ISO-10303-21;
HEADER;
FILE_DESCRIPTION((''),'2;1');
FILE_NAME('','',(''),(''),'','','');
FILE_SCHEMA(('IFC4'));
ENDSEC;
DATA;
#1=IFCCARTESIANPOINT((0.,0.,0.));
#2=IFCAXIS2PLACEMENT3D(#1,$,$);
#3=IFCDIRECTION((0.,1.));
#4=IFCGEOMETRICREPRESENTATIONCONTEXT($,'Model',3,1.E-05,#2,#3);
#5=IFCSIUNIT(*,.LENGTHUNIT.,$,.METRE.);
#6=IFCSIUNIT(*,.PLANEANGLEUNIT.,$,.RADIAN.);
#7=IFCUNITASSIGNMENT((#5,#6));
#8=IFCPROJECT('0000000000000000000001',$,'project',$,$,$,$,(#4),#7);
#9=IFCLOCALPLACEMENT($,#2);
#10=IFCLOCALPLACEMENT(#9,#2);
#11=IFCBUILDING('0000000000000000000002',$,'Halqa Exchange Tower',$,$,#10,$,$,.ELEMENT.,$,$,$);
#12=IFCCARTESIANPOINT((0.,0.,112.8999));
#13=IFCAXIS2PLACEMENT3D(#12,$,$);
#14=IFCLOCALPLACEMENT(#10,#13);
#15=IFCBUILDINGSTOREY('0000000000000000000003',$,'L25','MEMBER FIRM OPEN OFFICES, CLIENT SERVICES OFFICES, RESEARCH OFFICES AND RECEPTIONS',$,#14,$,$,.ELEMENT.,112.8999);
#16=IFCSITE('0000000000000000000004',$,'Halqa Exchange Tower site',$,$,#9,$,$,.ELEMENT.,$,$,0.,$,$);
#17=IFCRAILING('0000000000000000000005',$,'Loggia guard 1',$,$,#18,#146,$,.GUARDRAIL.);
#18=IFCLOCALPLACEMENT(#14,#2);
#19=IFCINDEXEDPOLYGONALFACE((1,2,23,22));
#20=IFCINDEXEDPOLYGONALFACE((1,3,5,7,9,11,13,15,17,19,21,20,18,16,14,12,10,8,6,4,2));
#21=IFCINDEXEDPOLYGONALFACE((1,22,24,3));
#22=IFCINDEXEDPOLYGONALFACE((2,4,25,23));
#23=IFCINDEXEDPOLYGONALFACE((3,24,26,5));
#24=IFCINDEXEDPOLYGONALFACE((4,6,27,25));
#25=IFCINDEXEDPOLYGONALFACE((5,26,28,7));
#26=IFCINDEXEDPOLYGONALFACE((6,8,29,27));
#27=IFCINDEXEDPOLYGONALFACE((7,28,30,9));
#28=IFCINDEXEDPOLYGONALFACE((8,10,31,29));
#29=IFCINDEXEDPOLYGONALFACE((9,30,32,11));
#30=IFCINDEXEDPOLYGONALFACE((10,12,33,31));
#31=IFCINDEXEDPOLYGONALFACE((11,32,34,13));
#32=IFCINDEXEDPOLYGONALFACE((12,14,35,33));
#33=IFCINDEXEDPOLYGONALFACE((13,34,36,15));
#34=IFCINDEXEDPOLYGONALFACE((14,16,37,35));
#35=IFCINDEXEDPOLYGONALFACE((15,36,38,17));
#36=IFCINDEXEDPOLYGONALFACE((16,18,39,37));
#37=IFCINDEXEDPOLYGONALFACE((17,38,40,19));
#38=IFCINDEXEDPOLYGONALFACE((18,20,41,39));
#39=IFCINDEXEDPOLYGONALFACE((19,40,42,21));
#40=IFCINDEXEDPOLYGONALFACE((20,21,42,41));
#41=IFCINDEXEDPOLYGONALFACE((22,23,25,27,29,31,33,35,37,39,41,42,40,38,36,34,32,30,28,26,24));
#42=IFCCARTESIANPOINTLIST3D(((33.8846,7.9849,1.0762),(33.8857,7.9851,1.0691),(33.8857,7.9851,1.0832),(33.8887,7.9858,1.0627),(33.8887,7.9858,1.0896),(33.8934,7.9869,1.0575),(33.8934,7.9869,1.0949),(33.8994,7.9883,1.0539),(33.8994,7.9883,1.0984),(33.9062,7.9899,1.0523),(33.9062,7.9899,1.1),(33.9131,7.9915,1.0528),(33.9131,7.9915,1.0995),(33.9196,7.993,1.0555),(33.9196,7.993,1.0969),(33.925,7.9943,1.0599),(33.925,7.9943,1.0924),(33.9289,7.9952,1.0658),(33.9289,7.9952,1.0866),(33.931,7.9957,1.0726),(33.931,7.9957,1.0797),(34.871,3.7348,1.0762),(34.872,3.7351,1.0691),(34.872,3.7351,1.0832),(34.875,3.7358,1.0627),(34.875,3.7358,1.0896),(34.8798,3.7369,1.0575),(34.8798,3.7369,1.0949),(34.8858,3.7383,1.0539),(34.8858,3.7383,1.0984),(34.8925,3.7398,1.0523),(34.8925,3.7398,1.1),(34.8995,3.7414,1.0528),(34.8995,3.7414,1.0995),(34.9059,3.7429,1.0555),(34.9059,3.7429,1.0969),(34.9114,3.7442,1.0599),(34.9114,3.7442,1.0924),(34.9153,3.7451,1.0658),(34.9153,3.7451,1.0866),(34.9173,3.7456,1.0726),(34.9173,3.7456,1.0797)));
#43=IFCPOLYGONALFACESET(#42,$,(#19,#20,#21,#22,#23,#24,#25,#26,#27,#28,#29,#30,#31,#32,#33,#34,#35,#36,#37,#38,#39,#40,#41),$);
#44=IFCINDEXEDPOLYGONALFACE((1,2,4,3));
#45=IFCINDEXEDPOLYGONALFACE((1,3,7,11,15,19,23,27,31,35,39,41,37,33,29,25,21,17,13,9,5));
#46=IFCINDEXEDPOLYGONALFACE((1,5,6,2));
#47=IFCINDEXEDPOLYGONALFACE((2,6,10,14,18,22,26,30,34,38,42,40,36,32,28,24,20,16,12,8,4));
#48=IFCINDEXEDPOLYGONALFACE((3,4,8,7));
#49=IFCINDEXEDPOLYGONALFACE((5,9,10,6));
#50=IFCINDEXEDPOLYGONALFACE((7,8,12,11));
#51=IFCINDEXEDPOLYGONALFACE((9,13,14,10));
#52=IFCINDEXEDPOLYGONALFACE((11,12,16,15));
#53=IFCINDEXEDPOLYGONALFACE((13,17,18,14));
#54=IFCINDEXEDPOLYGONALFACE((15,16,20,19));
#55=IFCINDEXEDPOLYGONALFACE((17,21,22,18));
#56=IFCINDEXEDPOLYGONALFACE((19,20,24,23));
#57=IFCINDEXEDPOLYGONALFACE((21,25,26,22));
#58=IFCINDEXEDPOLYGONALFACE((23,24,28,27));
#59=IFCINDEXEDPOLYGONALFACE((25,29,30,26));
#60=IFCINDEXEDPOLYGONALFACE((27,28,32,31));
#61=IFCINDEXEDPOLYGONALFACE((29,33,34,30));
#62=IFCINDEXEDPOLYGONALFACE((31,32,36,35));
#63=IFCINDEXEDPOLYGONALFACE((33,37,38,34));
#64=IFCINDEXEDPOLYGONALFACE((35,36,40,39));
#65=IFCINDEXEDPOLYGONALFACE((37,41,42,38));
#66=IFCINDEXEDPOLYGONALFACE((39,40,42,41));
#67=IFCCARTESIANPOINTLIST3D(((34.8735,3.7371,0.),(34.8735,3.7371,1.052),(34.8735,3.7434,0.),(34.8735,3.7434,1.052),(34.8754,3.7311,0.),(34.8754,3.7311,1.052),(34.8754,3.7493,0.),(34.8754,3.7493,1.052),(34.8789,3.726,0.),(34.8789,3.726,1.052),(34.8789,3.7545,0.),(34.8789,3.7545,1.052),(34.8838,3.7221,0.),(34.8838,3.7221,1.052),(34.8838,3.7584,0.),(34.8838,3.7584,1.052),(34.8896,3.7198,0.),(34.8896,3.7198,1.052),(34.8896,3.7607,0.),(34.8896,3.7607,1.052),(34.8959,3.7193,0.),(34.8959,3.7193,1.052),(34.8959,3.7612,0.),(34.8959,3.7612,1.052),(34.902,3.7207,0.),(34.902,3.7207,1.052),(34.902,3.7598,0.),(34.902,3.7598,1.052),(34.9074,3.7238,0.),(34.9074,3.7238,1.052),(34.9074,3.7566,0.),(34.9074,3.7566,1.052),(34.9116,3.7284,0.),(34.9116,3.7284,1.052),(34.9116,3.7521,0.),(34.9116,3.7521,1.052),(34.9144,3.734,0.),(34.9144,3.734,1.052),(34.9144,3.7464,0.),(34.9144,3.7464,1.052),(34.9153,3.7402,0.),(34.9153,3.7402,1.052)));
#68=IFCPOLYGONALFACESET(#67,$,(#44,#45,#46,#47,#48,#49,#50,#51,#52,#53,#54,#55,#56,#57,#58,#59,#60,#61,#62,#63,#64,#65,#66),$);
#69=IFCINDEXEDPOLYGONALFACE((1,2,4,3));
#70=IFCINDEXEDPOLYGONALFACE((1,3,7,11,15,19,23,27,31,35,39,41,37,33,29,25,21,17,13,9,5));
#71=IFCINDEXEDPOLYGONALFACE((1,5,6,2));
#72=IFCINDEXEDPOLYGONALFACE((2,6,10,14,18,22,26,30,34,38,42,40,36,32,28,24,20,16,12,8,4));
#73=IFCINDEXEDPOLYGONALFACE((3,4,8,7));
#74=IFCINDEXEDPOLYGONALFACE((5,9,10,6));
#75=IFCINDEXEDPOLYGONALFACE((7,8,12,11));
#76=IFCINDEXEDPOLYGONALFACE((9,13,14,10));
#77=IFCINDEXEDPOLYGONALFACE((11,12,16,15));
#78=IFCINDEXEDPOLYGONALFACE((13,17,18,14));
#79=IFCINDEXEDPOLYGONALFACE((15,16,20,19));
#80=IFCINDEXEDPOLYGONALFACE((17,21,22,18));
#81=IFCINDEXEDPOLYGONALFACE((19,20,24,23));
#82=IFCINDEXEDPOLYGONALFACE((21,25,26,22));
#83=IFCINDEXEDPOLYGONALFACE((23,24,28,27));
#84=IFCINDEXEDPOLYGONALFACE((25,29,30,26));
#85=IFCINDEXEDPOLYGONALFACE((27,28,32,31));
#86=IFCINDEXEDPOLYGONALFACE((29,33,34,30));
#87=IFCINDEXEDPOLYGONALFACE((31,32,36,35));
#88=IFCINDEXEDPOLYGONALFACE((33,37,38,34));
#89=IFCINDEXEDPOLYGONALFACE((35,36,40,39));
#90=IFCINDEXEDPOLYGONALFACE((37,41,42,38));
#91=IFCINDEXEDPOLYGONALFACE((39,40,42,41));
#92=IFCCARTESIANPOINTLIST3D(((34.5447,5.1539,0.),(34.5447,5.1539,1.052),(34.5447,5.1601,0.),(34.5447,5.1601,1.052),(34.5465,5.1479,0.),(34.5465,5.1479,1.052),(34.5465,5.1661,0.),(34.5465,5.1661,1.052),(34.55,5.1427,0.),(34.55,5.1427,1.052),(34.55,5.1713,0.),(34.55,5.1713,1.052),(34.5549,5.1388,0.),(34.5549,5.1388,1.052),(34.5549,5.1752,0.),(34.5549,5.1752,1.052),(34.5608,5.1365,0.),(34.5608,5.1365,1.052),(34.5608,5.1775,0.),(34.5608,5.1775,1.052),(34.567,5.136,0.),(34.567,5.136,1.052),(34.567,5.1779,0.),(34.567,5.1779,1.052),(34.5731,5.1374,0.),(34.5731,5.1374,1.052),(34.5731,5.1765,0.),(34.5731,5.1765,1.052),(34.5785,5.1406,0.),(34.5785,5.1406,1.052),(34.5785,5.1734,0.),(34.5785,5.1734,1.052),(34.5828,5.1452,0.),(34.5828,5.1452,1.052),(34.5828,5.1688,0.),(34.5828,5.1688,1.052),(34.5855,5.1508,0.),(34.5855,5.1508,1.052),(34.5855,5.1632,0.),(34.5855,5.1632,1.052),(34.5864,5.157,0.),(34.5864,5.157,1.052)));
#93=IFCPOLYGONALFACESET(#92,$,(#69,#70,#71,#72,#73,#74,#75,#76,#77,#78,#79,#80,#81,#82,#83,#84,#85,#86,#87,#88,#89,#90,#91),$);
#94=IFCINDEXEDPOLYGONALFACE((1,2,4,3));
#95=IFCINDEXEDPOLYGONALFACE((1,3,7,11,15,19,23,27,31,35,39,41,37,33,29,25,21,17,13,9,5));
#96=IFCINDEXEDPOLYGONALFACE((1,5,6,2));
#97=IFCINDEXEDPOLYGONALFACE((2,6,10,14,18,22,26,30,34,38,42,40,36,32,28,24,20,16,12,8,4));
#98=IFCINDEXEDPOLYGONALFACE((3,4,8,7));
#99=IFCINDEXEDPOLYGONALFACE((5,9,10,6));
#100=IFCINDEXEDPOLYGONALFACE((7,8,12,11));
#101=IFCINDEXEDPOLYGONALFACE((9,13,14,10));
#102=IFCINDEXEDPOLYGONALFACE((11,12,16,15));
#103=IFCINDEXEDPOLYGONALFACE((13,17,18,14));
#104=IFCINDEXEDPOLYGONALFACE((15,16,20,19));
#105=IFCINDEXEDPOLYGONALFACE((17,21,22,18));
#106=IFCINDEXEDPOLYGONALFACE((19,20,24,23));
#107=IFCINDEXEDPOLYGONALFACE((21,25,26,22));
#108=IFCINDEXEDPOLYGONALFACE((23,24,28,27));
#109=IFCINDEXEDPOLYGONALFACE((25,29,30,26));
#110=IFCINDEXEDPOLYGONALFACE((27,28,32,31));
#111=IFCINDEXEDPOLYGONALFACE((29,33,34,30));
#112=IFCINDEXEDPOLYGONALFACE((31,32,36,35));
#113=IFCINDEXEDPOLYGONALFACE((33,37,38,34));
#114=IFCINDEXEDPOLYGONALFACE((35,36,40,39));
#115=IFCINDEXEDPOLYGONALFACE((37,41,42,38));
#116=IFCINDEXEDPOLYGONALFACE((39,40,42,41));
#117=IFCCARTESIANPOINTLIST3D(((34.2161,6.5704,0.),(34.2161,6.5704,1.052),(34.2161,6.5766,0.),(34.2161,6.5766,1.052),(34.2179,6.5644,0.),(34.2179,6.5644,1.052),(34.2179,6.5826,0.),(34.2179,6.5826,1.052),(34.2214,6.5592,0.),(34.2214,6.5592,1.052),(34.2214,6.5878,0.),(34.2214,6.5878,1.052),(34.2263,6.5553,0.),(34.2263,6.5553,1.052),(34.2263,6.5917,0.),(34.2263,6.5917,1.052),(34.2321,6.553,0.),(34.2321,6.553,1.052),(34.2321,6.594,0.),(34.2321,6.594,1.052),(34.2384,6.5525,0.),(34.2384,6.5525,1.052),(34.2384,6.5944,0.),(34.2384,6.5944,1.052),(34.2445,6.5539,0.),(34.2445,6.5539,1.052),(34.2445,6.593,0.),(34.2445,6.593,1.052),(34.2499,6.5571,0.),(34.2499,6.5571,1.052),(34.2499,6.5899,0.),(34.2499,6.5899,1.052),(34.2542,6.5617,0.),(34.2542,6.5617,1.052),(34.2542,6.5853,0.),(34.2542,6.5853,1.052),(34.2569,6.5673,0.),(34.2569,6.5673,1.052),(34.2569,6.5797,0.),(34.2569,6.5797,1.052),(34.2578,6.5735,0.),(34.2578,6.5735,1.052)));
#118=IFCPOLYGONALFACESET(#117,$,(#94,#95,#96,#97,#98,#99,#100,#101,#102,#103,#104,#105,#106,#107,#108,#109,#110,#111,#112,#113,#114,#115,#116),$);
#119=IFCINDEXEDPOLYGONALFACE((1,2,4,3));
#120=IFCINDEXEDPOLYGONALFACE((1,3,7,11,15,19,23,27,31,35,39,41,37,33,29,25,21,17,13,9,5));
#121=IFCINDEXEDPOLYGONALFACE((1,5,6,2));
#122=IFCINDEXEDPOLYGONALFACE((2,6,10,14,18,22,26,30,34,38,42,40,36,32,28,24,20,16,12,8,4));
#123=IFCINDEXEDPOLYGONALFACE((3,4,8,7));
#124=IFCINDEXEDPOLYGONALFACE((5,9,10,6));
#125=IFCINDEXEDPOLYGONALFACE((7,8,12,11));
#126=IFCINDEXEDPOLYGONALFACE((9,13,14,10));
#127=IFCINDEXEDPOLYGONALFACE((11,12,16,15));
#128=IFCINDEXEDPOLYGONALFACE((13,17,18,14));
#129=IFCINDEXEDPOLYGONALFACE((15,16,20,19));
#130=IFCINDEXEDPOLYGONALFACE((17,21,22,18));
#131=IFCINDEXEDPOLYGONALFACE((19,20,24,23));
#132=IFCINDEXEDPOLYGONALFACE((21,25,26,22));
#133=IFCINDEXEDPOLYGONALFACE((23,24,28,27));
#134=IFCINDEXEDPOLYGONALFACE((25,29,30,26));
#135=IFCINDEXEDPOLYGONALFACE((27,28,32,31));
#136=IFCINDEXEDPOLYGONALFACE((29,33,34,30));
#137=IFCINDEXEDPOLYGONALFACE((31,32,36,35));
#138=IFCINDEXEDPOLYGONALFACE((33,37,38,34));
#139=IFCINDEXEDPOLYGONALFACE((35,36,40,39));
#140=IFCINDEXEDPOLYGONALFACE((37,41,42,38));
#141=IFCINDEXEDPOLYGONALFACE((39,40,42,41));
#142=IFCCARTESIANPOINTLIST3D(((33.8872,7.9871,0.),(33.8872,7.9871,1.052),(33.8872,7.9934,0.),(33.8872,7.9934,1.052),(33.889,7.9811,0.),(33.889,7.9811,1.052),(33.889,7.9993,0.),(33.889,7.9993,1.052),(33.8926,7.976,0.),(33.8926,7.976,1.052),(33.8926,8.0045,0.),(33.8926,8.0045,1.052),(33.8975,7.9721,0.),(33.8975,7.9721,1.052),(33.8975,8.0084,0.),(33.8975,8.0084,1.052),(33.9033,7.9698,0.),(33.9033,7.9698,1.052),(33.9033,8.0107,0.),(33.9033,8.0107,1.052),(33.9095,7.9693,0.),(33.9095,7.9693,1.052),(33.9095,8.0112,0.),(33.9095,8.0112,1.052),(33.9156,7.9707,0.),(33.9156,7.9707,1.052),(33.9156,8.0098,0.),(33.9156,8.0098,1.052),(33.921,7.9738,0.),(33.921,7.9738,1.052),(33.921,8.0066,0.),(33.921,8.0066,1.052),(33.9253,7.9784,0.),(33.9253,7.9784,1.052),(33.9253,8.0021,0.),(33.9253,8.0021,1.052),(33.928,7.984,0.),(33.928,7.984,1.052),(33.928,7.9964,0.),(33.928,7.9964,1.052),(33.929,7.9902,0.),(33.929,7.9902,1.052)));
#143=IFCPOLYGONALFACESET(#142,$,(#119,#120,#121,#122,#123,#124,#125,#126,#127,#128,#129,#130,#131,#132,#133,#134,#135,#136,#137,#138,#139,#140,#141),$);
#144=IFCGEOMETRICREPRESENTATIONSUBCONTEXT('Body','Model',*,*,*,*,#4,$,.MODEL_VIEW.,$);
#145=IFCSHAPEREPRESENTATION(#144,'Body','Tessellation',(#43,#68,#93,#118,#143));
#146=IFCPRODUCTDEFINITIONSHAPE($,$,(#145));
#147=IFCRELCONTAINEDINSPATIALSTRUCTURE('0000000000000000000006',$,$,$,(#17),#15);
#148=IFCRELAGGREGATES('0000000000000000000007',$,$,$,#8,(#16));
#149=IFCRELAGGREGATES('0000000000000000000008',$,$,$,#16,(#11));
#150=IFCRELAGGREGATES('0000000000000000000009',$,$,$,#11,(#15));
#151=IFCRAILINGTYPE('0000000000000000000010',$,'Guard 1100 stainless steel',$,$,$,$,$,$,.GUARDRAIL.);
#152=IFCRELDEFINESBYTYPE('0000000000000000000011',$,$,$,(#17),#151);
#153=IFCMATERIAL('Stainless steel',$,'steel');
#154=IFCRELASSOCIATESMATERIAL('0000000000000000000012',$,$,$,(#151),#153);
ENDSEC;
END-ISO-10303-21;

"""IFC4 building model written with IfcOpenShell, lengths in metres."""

from ifc_helpers import new_model, si_unit, direction, frame, origin, origin_2d, place, context, subcontext, project, spatial, circle, extrude, material, type_object, element, save


model = new_model("IFC4")

# Units and contexts
model_context = context("Model", 3, precision=1e-05, world=origin(), true_north=direction((0.0, 1.0)))
body_context = subcontext(model_context, "Body", "Model", "MODEL_VIEW")
ifc_project = project(units=[si_unit("LENGTHUNIT", "METRE"), si_unit("PLANEANGLEUNIT", "RADIAN")], contexts=[model_context])

# Site, building, storey
site_placement = place(None, origin())
site = spatial("IfcSite", under=ifc_project, at=site_placement, Name="Halqa Exchange Tower site", CompositionType="ELEMENT", RefElevation=0.0)
building_placement = place(site_placement, origin())
building = spatial("IfcBuilding", under=site, at=building_placement, Name="Halqa Exchange Tower", CompositionType="ELEMENT")
storey_placement = place(building_placement, frame((0.0, 0.0, 112.8999)))
storey = spatial("IfcBuildingStorey", under=building, at=storey_placement, Name="L25", Description="MEMBER FIRM OPEN OFFICES, CLIENT SERVICES OFFICES, RESEARCH OFFICES AND RECEPTIONS", CompositionType="ELEMENT", Elevation=112.8999)

# Railing
ifc_material_1 = material(Name="Stainless steel", Category="steel")
railing_type = type_object("IfcRailingType", Name="Guard 1100 stainless steel", PredefinedType="GUARDRAIL", material=ifc_material_1)
railing_1_placement = place(storey_placement, frame((34.8943, 3.7402, 0.0)))
element("IfcRailing", 1, at=railing_1_placement, inside=storey, type_object=railing_type, Name="Loggia guard 1", PredefinedType="GUARDRAIL", context=body_context, shape_type="SweptSolid", body=[
    extrude(circle(Radius=0.0239, at=origin_2d()), frame((0.0, 0.0, 1.0762), z_axis=(-0.226069, 0.974111, 0.0), x_axis=(-0.974111, -0.226069, 0.0)), (0.0, 0.0, 1.0), 4.363),
    extrude(circle(Radius=0.021, at=origin_2d()), origin(), (0.0, 0.0, 1.0), 1.052),
    extrude(circle(Radius=0.021, at=origin_2d()), frame((-0.3289, 1.4167, 0.0)), (0.0, 0.0, 1.0), 1.052),
    extrude(circle(Radius=0.021, at=origin_2d()), frame((-0.6575, 2.8333, 0.0)), (0.0, 0.0, 1.0), 1.052),
    extrude(circle(Radius=0.021, at=origin_2d()), frame((-0.9863, 4.25, 0.0)), (0.0, 0.0, 1.0), 1.052),
])

save(model, "model.ifc")
